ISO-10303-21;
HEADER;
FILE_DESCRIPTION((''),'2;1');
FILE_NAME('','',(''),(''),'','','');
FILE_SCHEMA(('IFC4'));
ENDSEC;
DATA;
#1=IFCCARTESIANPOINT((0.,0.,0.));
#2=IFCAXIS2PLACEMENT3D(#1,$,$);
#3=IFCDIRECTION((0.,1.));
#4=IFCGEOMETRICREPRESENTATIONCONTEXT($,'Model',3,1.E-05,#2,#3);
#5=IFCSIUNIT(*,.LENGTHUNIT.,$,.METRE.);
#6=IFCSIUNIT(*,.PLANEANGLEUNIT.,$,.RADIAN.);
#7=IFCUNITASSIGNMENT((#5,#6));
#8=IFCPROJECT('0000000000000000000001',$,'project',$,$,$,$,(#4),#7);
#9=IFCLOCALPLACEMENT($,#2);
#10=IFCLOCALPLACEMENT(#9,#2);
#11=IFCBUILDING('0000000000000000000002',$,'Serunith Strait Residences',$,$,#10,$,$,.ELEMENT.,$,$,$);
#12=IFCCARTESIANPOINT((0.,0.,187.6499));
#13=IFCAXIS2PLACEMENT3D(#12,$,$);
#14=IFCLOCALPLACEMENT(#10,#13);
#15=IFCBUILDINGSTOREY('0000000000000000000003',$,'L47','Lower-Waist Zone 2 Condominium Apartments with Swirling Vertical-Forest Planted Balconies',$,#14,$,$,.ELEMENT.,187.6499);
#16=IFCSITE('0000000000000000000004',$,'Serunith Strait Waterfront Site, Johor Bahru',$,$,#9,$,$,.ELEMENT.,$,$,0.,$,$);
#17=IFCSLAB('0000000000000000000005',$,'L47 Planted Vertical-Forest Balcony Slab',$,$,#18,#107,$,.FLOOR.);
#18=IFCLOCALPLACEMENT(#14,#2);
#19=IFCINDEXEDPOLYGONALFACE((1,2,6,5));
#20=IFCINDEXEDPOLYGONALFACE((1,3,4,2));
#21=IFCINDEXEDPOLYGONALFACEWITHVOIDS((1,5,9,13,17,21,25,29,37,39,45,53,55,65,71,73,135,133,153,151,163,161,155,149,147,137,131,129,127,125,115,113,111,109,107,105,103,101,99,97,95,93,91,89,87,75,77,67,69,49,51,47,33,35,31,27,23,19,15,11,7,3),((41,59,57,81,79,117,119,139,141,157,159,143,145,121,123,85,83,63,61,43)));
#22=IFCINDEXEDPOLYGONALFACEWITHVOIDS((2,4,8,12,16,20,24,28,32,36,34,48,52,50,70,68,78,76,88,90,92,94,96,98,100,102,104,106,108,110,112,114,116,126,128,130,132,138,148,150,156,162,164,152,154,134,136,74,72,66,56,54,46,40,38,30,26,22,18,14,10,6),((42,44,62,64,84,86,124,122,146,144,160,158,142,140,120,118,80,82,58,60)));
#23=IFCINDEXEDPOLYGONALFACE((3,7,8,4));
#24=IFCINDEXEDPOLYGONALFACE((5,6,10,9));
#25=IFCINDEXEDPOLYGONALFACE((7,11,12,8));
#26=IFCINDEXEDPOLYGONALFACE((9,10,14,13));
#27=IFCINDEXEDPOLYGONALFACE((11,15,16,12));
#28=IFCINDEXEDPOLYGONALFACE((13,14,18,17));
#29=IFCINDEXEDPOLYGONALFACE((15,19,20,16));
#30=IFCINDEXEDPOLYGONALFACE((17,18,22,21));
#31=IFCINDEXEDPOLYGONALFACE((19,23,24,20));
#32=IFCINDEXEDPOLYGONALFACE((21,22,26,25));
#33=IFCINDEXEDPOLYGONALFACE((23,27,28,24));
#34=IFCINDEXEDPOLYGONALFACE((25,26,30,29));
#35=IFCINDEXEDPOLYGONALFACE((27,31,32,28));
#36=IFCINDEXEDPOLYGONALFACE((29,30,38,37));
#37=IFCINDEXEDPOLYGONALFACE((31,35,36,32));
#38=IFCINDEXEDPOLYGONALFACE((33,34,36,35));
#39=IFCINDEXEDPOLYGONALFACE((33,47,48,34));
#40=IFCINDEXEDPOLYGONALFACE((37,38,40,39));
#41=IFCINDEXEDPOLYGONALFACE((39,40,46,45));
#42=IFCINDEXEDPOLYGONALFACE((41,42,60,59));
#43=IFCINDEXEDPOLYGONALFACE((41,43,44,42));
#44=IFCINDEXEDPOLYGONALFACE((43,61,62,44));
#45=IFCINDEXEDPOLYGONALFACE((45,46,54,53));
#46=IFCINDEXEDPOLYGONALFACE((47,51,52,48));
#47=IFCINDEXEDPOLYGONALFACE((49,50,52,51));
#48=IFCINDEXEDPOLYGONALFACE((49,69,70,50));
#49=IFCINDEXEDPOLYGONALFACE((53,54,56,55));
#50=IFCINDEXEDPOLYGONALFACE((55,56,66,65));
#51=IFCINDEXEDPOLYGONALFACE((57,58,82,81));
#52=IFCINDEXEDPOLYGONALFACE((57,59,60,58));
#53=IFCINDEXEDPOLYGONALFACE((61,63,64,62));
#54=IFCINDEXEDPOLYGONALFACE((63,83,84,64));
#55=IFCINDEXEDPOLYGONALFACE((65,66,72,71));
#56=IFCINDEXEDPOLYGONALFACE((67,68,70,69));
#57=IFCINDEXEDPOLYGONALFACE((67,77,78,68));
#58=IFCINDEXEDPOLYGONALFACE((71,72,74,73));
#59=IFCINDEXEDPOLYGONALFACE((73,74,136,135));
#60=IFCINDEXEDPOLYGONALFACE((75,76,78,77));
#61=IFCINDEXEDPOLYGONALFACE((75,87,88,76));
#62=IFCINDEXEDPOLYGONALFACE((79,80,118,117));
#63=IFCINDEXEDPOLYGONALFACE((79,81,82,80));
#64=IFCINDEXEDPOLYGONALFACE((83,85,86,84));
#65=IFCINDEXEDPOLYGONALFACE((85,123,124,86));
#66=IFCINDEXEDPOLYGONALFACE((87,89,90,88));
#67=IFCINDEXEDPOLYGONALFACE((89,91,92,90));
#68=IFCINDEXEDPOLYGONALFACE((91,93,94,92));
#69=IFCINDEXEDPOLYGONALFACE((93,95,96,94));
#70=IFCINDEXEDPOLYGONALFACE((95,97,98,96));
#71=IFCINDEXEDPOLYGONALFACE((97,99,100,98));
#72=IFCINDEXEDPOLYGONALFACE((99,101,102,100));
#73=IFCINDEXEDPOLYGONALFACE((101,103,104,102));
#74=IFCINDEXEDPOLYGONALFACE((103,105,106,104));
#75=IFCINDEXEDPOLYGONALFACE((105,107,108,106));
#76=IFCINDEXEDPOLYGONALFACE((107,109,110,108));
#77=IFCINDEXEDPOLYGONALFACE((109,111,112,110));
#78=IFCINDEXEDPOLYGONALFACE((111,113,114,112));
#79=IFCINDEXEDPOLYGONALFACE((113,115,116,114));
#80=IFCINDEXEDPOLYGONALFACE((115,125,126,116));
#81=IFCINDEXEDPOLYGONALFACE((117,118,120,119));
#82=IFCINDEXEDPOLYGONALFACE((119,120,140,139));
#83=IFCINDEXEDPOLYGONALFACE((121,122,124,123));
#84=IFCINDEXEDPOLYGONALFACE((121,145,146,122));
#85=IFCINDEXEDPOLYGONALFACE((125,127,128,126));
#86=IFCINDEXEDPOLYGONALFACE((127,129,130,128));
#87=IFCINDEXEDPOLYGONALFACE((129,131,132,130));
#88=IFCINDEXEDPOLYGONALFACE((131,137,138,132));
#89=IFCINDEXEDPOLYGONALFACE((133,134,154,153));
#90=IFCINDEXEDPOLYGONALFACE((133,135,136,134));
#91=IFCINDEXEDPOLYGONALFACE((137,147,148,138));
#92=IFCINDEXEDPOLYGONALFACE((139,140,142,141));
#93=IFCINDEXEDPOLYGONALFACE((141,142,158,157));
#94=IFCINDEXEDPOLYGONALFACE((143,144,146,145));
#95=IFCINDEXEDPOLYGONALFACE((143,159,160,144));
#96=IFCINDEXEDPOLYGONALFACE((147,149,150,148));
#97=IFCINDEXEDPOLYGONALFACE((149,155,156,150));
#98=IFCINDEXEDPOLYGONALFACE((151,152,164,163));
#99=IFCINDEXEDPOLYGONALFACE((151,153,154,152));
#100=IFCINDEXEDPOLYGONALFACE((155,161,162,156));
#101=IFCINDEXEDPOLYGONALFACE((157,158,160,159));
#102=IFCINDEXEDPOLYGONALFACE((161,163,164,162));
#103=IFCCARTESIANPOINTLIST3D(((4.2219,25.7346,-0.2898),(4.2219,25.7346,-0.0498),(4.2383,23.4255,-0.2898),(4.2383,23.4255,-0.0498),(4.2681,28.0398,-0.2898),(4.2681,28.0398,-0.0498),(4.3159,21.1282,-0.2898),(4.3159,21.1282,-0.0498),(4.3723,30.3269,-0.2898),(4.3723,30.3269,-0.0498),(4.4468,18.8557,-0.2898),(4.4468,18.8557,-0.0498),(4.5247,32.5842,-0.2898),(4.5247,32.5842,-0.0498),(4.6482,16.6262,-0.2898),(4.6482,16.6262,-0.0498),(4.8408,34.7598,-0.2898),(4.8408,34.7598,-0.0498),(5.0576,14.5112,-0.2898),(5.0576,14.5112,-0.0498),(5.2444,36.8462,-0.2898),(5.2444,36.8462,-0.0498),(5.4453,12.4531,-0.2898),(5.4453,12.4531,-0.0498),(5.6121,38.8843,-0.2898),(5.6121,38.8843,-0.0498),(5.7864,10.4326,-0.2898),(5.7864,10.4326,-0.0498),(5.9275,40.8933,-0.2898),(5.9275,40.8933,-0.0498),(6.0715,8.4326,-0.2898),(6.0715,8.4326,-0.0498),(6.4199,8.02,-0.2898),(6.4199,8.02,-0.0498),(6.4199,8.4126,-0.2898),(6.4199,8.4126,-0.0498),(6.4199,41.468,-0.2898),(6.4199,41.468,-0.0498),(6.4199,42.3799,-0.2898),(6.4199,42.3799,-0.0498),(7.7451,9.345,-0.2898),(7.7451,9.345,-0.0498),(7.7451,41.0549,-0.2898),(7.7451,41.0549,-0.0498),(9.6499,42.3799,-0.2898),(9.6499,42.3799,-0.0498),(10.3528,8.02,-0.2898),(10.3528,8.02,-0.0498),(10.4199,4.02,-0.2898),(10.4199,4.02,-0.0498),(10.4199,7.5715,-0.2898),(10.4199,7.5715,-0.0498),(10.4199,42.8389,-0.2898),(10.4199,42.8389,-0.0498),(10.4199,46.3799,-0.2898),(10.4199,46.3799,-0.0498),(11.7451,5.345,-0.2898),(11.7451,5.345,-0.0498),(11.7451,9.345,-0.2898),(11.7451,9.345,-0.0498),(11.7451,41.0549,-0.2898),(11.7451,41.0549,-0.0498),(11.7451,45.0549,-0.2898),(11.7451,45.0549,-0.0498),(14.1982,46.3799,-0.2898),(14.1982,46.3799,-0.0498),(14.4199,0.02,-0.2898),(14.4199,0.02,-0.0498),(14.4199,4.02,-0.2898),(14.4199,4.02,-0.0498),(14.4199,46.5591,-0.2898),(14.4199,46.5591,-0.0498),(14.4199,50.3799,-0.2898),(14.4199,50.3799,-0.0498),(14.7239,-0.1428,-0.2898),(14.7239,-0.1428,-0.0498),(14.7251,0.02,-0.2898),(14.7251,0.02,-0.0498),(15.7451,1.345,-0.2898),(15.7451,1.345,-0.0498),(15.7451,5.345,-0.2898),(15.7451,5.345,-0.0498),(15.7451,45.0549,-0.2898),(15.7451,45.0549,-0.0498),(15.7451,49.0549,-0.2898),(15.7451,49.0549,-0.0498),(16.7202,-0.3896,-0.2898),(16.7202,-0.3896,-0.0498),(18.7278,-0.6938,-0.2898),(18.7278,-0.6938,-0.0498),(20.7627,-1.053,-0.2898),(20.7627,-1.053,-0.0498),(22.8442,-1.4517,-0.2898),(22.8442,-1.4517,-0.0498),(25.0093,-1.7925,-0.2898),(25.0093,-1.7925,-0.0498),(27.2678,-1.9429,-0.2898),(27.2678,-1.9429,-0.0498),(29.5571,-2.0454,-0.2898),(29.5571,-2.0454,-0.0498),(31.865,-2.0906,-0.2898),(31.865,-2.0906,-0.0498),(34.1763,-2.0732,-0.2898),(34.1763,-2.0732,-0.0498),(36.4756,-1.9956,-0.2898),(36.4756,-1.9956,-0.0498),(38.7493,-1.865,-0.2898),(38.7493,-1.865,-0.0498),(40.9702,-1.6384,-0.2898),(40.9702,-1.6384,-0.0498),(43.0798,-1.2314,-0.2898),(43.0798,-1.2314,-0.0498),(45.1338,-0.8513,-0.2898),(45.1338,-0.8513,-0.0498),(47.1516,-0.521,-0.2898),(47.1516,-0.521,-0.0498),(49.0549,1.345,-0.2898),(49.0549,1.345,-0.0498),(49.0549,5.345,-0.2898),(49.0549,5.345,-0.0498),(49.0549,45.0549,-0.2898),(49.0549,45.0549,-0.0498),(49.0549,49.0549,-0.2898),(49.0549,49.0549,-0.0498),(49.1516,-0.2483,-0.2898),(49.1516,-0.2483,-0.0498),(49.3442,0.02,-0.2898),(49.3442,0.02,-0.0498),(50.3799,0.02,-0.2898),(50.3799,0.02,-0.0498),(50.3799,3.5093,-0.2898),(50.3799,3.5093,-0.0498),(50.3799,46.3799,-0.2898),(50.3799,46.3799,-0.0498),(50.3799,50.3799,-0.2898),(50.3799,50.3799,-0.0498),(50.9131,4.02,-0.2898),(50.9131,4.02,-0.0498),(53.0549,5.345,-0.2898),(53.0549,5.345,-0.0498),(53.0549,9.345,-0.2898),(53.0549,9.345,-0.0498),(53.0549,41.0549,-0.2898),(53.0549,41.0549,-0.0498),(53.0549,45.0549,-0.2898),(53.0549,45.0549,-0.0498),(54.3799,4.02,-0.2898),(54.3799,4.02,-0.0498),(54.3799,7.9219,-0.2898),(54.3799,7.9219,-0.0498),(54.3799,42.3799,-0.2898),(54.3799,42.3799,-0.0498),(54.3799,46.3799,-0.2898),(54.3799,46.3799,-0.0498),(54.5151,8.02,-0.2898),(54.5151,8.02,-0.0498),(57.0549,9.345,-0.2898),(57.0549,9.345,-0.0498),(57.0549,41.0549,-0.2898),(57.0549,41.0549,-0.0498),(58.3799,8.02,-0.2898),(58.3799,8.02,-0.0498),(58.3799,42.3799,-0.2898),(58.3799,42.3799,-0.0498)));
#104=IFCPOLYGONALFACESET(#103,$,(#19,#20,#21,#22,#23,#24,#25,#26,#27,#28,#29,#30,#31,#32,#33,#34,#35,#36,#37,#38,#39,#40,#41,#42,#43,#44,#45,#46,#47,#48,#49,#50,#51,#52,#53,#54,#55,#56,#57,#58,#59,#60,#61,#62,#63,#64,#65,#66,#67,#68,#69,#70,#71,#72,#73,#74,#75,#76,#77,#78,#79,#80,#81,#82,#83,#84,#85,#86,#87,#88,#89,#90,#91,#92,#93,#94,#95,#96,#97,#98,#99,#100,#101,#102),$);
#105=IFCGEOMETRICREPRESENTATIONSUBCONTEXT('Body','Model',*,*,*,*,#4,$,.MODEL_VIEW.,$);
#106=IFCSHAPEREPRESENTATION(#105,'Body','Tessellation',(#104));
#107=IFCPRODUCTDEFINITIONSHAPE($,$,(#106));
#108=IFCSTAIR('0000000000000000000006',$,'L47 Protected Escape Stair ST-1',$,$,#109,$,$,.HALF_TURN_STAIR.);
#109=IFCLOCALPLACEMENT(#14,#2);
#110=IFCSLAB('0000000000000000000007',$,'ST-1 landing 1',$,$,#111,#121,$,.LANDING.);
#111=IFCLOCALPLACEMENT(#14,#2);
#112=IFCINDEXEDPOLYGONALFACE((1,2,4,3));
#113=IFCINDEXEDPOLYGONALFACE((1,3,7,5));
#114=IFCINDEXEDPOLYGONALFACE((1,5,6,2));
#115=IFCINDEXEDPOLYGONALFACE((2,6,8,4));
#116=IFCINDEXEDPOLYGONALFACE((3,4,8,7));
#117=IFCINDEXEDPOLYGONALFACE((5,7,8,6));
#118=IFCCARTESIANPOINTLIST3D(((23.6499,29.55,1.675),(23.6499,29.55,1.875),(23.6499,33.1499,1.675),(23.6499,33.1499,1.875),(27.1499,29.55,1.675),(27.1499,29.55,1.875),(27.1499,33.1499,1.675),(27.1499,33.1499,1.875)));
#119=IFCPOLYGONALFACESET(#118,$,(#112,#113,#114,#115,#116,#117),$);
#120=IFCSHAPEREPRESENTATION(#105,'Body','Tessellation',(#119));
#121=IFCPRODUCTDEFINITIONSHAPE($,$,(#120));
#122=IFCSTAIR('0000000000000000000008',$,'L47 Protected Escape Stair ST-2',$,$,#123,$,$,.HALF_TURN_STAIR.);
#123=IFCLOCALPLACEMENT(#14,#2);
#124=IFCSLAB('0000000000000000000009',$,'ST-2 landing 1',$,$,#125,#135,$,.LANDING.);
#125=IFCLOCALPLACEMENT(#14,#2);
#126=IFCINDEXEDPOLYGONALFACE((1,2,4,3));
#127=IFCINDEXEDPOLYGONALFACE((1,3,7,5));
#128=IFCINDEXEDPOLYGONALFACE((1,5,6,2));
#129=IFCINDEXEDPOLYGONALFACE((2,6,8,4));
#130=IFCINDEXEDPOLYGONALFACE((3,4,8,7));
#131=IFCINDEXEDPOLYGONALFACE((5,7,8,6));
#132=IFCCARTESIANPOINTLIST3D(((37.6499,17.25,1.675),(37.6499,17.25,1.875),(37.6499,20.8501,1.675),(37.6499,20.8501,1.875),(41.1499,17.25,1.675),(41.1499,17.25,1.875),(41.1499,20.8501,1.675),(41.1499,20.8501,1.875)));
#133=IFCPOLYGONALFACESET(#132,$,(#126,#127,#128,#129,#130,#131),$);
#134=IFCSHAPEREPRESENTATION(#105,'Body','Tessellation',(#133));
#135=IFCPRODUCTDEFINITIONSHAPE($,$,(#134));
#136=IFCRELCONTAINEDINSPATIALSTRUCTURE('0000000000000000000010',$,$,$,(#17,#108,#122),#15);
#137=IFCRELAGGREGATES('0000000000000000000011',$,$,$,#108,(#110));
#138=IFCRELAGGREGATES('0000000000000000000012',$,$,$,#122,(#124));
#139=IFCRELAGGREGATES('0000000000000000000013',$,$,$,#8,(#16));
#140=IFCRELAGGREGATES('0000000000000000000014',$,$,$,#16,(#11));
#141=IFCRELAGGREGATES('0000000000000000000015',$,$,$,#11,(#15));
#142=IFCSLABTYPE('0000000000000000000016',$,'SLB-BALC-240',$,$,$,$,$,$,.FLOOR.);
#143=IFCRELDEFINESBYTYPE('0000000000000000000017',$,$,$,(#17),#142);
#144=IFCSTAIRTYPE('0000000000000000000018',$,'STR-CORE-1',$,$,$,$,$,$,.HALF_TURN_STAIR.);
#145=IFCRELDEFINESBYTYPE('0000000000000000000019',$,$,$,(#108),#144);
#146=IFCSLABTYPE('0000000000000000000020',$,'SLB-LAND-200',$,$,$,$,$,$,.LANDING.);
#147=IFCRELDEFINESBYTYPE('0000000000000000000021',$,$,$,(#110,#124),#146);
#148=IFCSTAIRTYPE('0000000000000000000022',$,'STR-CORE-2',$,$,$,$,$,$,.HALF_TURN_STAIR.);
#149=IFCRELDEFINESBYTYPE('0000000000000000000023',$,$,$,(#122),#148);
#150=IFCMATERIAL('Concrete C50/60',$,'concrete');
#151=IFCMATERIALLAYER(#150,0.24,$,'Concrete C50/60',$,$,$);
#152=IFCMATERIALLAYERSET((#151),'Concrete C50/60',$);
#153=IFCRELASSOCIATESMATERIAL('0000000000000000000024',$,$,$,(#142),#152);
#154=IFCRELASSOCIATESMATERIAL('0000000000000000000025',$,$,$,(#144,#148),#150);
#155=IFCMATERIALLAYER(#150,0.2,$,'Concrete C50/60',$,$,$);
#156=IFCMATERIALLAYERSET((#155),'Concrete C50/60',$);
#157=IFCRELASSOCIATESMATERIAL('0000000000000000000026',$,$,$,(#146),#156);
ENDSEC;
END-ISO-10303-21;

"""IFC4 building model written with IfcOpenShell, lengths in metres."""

from ifc_helpers import new_model, si_unit, direction, frame, origin, place, context, subcontext, project, spatial, polyline, outline, extrude, material, layer, layer_set, type_object, element, aggregate, save


model = new_model("IFC4")

# Units and contexts
model_context = context("Model", 3, precision=1e-05, world=origin(), true_north=direction((0.0, 1.0)))
body_context = subcontext(model_context, "Body", "Model", "MODEL_VIEW")
ifc_project = project(units=[si_unit("LENGTHUNIT", "METRE"), si_unit("PLANEANGLEUNIT", "RADIAN")], contexts=[model_context])

# Site, building, storey
site_placement = place(None, origin())
site = spatial("IfcSite", under=ifc_project, at=site_placement, Name="Serunith Strait Waterfront Site, Johor Bahru", CompositionType="ELEMENT", RefElevation=0.0)
building_placement = place(site_placement, origin())
building = spatial("IfcBuilding", under=site, at=building_placement, Name="Serunith Strait Residences", CompositionType="ELEMENT")
storey_placement = place(building_placement, frame((0.0, 0.0, 187.6499)))
storey = spatial("IfcBuildingStorey", under=building, at=storey_placement, Name="L47", Description="Lower-Waist Zone 2 Condominium Apartments with Swirling Vertical-Forest Planted Balconies", CompositionType="ELEMENT", Elevation=187.6499)

# Slab
ifc_material_1 = material(Name="Concrete C50/60", Category="concrete")
ifc_layer_1 = layer(ifc_material_1, 0.24, Name="Concrete C50/60")
ifc_layer_set_1 = layer_set([ifc_layer_1], Name="Concrete C50/60")
slab_type_1 = type_object("IfcSlabType", Name="SLB-BALC-240", PredefinedType="FLOOR", material=ifc_layer_set_1)
slab_1_placement = place(storey_placement, frame((0.0, 0.0, -0.2898)))
element("IfcSlab", 1, at=slab_1_placement, inside=storey, type_object=slab_type_1, Name="L47 Planted Vertical-Forest Balcony Slab", PredefinedType="FLOOR", context=body_context, shape_type="SweptSolid", body=[
    extrude(outline(polyline([(14.4199, 0.02), (14.4199, 4.02), (10.4199, 4.02), (10.4199, 7.5715), (10.3528, 8.02), (6.4199, 8.02), (6.4199, 8.4126), (6.0715, 8.4326), (5.7864, 10.4326), (5.4453, 12.4531), (5.0576, 14.5112), (4.6482, 16.6262), (4.4468, 18.8557), (4.3159, 21.1282), (4.2383, 23.4255), (4.2219, 25.7346), (4.2681, 28.0398), (4.3723, 30.3269), (4.5247, 32.5842), (4.8408, 34.7598), (5.2444, 36.8462), (5.6121, 38.8843), (5.9275, 40.8933), (6.4199, 41.468), (6.4199, 42.3799), (9.6499, 42.3799), (10.4199, 42.8389), (10.4199, 46.3799), (14.1982, 46.3799), (14.4199, 46.5591), (14.4199, 50.3799), (50.3799, 50.3799), (50.3799, 46.3799), (54.3799, 46.3799), (54.3799, 42.3799), (58.3799, 42.3799), (58.3799, 8.02), (54.5151, 8.02), (54.3799, 7.9219), (54.3799, 4.02), (50.9131, 4.02), (50.3799, 3.5093), (50.3799, 0.02), (49.3442, 0.02), (49.1516, -0.2483), (47.1516, -0.521), (45.1338, -0.8513), (43.0798, -1.2314), (40.9702, -1.6384), (38.7493, -1.865), (36.4756, -1.9956), (34.1763, -2.0732), (31.865, -2.0906), (29.5571, -2.0454), (27.2678, -1.9429), (25.0093, -1.7925), (22.8442, -1.4517), (20.7627, -1.053), (18.7278, -0.6938), (16.7202, -0.3896), (14.7239, -0.1428), (14.7251, 0.02), (14.4199, 0.02)]), holes=[polyline([(49.0549, 1.345), (49.0549, 5.345), (53.0549, 5.345), (53.0549, 9.345), (57.0549, 9.345), (57.0549, 41.0549), (53.0549, 41.0549), (53.0549, 45.0549), (49.0549, 45.0549), (49.0549, 49.0549), (15.7451, 49.0549), (15.7451, 45.0549), (11.7451, 45.0549), (11.7451, 41.0549), (7.7451, 41.0549), (7.7451, 9.345), (11.7451, 9.345), (11.7451, 5.345), (15.7451, 5.345), (15.7451, 1.345), (49.0549, 1.345)])]), origin(), (0.0, 0.0, 1.0), 0.24),
])

# Stairs, slabs
stair_type_1 = type_object("IfcStairType", Name="STR-CORE-1", PredefinedType="HALF_TURN_STAIR", material=ifc_material_1)
stair_1_placement = place(storey_placement, origin())
stair_1 = element("IfcStair", 2, at=stair_1_placement, inside=storey, type_object=stair_type_1, Name="L47 Protected Escape Stair ST-1", PredefinedType="HALF_TURN_STAIR")
ifc_layer_2 = layer(ifc_material_1, 0.2, Name="Concrete C50/60")
ifc_layer_set_2 = layer_set([ifc_layer_2], Name="Concrete C50/60")
slab_type_2 = type_object("IfcSlabType", Name="SLB-LAND-200", PredefinedType="LANDING", material=ifc_layer_set_2)
slab_2_placement = place(storey_placement, frame((0.0, 0.0, 1.675)))
slab_2 = element("IfcSlab", 3, at=slab_2_placement, type_object=slab_type_2, Name="ST-1 landing 1", PredefinedType="LANDING", context=body_context, shape_type="SweptSolid", body=[
    extrude(outline(polyline([(27.1499, 29.55), (27.1499, 33.1499), (23.6499, 33.1499), (23.6499, 29.55), (27.1499, 29.55)])), origin(), (0.0, 0.0, 1.0), 0.2),
])
aggregate(stair_1, [slab_2])
stair_type_2 = type_object("IfcStairType", Name="STR-CORE-2", PredefinedType="HALF_TURN_STAIR", material=ifc_material_1)
stair_2_placement = place(storey_placement, origin())
stair_2 = element("IfcStair", 4, at=stair_2_placement, inside=storey, type_object=stair_type_2, Name="L47 Protected Escape Stair ST-2", PredefinedType="HALF_TURN_STAIR")
slab_3_placement = place(storey_placement, frame((0.0, 0.0, 1.675)))
slab_3 = element("IfcSlab", 5, at=slab_3_placement, type_object=slab_type_2, Name="ST-2 landing 1", PredefinedType="LANDING", context=body_context, shape_type="SweptSolid", body=[
    extrude(outline(polyline([(37.6499, 20.8501), (37.6499, 17.25), (41.1499, 17.25), (41.1499, 20.8501), (37.6499, 20.8501)])), origin(), (0.0, 0.0, 1.0), 0.2),
])
aggregate(stair_2, [slab_3])

save(model, "model.ifc")
